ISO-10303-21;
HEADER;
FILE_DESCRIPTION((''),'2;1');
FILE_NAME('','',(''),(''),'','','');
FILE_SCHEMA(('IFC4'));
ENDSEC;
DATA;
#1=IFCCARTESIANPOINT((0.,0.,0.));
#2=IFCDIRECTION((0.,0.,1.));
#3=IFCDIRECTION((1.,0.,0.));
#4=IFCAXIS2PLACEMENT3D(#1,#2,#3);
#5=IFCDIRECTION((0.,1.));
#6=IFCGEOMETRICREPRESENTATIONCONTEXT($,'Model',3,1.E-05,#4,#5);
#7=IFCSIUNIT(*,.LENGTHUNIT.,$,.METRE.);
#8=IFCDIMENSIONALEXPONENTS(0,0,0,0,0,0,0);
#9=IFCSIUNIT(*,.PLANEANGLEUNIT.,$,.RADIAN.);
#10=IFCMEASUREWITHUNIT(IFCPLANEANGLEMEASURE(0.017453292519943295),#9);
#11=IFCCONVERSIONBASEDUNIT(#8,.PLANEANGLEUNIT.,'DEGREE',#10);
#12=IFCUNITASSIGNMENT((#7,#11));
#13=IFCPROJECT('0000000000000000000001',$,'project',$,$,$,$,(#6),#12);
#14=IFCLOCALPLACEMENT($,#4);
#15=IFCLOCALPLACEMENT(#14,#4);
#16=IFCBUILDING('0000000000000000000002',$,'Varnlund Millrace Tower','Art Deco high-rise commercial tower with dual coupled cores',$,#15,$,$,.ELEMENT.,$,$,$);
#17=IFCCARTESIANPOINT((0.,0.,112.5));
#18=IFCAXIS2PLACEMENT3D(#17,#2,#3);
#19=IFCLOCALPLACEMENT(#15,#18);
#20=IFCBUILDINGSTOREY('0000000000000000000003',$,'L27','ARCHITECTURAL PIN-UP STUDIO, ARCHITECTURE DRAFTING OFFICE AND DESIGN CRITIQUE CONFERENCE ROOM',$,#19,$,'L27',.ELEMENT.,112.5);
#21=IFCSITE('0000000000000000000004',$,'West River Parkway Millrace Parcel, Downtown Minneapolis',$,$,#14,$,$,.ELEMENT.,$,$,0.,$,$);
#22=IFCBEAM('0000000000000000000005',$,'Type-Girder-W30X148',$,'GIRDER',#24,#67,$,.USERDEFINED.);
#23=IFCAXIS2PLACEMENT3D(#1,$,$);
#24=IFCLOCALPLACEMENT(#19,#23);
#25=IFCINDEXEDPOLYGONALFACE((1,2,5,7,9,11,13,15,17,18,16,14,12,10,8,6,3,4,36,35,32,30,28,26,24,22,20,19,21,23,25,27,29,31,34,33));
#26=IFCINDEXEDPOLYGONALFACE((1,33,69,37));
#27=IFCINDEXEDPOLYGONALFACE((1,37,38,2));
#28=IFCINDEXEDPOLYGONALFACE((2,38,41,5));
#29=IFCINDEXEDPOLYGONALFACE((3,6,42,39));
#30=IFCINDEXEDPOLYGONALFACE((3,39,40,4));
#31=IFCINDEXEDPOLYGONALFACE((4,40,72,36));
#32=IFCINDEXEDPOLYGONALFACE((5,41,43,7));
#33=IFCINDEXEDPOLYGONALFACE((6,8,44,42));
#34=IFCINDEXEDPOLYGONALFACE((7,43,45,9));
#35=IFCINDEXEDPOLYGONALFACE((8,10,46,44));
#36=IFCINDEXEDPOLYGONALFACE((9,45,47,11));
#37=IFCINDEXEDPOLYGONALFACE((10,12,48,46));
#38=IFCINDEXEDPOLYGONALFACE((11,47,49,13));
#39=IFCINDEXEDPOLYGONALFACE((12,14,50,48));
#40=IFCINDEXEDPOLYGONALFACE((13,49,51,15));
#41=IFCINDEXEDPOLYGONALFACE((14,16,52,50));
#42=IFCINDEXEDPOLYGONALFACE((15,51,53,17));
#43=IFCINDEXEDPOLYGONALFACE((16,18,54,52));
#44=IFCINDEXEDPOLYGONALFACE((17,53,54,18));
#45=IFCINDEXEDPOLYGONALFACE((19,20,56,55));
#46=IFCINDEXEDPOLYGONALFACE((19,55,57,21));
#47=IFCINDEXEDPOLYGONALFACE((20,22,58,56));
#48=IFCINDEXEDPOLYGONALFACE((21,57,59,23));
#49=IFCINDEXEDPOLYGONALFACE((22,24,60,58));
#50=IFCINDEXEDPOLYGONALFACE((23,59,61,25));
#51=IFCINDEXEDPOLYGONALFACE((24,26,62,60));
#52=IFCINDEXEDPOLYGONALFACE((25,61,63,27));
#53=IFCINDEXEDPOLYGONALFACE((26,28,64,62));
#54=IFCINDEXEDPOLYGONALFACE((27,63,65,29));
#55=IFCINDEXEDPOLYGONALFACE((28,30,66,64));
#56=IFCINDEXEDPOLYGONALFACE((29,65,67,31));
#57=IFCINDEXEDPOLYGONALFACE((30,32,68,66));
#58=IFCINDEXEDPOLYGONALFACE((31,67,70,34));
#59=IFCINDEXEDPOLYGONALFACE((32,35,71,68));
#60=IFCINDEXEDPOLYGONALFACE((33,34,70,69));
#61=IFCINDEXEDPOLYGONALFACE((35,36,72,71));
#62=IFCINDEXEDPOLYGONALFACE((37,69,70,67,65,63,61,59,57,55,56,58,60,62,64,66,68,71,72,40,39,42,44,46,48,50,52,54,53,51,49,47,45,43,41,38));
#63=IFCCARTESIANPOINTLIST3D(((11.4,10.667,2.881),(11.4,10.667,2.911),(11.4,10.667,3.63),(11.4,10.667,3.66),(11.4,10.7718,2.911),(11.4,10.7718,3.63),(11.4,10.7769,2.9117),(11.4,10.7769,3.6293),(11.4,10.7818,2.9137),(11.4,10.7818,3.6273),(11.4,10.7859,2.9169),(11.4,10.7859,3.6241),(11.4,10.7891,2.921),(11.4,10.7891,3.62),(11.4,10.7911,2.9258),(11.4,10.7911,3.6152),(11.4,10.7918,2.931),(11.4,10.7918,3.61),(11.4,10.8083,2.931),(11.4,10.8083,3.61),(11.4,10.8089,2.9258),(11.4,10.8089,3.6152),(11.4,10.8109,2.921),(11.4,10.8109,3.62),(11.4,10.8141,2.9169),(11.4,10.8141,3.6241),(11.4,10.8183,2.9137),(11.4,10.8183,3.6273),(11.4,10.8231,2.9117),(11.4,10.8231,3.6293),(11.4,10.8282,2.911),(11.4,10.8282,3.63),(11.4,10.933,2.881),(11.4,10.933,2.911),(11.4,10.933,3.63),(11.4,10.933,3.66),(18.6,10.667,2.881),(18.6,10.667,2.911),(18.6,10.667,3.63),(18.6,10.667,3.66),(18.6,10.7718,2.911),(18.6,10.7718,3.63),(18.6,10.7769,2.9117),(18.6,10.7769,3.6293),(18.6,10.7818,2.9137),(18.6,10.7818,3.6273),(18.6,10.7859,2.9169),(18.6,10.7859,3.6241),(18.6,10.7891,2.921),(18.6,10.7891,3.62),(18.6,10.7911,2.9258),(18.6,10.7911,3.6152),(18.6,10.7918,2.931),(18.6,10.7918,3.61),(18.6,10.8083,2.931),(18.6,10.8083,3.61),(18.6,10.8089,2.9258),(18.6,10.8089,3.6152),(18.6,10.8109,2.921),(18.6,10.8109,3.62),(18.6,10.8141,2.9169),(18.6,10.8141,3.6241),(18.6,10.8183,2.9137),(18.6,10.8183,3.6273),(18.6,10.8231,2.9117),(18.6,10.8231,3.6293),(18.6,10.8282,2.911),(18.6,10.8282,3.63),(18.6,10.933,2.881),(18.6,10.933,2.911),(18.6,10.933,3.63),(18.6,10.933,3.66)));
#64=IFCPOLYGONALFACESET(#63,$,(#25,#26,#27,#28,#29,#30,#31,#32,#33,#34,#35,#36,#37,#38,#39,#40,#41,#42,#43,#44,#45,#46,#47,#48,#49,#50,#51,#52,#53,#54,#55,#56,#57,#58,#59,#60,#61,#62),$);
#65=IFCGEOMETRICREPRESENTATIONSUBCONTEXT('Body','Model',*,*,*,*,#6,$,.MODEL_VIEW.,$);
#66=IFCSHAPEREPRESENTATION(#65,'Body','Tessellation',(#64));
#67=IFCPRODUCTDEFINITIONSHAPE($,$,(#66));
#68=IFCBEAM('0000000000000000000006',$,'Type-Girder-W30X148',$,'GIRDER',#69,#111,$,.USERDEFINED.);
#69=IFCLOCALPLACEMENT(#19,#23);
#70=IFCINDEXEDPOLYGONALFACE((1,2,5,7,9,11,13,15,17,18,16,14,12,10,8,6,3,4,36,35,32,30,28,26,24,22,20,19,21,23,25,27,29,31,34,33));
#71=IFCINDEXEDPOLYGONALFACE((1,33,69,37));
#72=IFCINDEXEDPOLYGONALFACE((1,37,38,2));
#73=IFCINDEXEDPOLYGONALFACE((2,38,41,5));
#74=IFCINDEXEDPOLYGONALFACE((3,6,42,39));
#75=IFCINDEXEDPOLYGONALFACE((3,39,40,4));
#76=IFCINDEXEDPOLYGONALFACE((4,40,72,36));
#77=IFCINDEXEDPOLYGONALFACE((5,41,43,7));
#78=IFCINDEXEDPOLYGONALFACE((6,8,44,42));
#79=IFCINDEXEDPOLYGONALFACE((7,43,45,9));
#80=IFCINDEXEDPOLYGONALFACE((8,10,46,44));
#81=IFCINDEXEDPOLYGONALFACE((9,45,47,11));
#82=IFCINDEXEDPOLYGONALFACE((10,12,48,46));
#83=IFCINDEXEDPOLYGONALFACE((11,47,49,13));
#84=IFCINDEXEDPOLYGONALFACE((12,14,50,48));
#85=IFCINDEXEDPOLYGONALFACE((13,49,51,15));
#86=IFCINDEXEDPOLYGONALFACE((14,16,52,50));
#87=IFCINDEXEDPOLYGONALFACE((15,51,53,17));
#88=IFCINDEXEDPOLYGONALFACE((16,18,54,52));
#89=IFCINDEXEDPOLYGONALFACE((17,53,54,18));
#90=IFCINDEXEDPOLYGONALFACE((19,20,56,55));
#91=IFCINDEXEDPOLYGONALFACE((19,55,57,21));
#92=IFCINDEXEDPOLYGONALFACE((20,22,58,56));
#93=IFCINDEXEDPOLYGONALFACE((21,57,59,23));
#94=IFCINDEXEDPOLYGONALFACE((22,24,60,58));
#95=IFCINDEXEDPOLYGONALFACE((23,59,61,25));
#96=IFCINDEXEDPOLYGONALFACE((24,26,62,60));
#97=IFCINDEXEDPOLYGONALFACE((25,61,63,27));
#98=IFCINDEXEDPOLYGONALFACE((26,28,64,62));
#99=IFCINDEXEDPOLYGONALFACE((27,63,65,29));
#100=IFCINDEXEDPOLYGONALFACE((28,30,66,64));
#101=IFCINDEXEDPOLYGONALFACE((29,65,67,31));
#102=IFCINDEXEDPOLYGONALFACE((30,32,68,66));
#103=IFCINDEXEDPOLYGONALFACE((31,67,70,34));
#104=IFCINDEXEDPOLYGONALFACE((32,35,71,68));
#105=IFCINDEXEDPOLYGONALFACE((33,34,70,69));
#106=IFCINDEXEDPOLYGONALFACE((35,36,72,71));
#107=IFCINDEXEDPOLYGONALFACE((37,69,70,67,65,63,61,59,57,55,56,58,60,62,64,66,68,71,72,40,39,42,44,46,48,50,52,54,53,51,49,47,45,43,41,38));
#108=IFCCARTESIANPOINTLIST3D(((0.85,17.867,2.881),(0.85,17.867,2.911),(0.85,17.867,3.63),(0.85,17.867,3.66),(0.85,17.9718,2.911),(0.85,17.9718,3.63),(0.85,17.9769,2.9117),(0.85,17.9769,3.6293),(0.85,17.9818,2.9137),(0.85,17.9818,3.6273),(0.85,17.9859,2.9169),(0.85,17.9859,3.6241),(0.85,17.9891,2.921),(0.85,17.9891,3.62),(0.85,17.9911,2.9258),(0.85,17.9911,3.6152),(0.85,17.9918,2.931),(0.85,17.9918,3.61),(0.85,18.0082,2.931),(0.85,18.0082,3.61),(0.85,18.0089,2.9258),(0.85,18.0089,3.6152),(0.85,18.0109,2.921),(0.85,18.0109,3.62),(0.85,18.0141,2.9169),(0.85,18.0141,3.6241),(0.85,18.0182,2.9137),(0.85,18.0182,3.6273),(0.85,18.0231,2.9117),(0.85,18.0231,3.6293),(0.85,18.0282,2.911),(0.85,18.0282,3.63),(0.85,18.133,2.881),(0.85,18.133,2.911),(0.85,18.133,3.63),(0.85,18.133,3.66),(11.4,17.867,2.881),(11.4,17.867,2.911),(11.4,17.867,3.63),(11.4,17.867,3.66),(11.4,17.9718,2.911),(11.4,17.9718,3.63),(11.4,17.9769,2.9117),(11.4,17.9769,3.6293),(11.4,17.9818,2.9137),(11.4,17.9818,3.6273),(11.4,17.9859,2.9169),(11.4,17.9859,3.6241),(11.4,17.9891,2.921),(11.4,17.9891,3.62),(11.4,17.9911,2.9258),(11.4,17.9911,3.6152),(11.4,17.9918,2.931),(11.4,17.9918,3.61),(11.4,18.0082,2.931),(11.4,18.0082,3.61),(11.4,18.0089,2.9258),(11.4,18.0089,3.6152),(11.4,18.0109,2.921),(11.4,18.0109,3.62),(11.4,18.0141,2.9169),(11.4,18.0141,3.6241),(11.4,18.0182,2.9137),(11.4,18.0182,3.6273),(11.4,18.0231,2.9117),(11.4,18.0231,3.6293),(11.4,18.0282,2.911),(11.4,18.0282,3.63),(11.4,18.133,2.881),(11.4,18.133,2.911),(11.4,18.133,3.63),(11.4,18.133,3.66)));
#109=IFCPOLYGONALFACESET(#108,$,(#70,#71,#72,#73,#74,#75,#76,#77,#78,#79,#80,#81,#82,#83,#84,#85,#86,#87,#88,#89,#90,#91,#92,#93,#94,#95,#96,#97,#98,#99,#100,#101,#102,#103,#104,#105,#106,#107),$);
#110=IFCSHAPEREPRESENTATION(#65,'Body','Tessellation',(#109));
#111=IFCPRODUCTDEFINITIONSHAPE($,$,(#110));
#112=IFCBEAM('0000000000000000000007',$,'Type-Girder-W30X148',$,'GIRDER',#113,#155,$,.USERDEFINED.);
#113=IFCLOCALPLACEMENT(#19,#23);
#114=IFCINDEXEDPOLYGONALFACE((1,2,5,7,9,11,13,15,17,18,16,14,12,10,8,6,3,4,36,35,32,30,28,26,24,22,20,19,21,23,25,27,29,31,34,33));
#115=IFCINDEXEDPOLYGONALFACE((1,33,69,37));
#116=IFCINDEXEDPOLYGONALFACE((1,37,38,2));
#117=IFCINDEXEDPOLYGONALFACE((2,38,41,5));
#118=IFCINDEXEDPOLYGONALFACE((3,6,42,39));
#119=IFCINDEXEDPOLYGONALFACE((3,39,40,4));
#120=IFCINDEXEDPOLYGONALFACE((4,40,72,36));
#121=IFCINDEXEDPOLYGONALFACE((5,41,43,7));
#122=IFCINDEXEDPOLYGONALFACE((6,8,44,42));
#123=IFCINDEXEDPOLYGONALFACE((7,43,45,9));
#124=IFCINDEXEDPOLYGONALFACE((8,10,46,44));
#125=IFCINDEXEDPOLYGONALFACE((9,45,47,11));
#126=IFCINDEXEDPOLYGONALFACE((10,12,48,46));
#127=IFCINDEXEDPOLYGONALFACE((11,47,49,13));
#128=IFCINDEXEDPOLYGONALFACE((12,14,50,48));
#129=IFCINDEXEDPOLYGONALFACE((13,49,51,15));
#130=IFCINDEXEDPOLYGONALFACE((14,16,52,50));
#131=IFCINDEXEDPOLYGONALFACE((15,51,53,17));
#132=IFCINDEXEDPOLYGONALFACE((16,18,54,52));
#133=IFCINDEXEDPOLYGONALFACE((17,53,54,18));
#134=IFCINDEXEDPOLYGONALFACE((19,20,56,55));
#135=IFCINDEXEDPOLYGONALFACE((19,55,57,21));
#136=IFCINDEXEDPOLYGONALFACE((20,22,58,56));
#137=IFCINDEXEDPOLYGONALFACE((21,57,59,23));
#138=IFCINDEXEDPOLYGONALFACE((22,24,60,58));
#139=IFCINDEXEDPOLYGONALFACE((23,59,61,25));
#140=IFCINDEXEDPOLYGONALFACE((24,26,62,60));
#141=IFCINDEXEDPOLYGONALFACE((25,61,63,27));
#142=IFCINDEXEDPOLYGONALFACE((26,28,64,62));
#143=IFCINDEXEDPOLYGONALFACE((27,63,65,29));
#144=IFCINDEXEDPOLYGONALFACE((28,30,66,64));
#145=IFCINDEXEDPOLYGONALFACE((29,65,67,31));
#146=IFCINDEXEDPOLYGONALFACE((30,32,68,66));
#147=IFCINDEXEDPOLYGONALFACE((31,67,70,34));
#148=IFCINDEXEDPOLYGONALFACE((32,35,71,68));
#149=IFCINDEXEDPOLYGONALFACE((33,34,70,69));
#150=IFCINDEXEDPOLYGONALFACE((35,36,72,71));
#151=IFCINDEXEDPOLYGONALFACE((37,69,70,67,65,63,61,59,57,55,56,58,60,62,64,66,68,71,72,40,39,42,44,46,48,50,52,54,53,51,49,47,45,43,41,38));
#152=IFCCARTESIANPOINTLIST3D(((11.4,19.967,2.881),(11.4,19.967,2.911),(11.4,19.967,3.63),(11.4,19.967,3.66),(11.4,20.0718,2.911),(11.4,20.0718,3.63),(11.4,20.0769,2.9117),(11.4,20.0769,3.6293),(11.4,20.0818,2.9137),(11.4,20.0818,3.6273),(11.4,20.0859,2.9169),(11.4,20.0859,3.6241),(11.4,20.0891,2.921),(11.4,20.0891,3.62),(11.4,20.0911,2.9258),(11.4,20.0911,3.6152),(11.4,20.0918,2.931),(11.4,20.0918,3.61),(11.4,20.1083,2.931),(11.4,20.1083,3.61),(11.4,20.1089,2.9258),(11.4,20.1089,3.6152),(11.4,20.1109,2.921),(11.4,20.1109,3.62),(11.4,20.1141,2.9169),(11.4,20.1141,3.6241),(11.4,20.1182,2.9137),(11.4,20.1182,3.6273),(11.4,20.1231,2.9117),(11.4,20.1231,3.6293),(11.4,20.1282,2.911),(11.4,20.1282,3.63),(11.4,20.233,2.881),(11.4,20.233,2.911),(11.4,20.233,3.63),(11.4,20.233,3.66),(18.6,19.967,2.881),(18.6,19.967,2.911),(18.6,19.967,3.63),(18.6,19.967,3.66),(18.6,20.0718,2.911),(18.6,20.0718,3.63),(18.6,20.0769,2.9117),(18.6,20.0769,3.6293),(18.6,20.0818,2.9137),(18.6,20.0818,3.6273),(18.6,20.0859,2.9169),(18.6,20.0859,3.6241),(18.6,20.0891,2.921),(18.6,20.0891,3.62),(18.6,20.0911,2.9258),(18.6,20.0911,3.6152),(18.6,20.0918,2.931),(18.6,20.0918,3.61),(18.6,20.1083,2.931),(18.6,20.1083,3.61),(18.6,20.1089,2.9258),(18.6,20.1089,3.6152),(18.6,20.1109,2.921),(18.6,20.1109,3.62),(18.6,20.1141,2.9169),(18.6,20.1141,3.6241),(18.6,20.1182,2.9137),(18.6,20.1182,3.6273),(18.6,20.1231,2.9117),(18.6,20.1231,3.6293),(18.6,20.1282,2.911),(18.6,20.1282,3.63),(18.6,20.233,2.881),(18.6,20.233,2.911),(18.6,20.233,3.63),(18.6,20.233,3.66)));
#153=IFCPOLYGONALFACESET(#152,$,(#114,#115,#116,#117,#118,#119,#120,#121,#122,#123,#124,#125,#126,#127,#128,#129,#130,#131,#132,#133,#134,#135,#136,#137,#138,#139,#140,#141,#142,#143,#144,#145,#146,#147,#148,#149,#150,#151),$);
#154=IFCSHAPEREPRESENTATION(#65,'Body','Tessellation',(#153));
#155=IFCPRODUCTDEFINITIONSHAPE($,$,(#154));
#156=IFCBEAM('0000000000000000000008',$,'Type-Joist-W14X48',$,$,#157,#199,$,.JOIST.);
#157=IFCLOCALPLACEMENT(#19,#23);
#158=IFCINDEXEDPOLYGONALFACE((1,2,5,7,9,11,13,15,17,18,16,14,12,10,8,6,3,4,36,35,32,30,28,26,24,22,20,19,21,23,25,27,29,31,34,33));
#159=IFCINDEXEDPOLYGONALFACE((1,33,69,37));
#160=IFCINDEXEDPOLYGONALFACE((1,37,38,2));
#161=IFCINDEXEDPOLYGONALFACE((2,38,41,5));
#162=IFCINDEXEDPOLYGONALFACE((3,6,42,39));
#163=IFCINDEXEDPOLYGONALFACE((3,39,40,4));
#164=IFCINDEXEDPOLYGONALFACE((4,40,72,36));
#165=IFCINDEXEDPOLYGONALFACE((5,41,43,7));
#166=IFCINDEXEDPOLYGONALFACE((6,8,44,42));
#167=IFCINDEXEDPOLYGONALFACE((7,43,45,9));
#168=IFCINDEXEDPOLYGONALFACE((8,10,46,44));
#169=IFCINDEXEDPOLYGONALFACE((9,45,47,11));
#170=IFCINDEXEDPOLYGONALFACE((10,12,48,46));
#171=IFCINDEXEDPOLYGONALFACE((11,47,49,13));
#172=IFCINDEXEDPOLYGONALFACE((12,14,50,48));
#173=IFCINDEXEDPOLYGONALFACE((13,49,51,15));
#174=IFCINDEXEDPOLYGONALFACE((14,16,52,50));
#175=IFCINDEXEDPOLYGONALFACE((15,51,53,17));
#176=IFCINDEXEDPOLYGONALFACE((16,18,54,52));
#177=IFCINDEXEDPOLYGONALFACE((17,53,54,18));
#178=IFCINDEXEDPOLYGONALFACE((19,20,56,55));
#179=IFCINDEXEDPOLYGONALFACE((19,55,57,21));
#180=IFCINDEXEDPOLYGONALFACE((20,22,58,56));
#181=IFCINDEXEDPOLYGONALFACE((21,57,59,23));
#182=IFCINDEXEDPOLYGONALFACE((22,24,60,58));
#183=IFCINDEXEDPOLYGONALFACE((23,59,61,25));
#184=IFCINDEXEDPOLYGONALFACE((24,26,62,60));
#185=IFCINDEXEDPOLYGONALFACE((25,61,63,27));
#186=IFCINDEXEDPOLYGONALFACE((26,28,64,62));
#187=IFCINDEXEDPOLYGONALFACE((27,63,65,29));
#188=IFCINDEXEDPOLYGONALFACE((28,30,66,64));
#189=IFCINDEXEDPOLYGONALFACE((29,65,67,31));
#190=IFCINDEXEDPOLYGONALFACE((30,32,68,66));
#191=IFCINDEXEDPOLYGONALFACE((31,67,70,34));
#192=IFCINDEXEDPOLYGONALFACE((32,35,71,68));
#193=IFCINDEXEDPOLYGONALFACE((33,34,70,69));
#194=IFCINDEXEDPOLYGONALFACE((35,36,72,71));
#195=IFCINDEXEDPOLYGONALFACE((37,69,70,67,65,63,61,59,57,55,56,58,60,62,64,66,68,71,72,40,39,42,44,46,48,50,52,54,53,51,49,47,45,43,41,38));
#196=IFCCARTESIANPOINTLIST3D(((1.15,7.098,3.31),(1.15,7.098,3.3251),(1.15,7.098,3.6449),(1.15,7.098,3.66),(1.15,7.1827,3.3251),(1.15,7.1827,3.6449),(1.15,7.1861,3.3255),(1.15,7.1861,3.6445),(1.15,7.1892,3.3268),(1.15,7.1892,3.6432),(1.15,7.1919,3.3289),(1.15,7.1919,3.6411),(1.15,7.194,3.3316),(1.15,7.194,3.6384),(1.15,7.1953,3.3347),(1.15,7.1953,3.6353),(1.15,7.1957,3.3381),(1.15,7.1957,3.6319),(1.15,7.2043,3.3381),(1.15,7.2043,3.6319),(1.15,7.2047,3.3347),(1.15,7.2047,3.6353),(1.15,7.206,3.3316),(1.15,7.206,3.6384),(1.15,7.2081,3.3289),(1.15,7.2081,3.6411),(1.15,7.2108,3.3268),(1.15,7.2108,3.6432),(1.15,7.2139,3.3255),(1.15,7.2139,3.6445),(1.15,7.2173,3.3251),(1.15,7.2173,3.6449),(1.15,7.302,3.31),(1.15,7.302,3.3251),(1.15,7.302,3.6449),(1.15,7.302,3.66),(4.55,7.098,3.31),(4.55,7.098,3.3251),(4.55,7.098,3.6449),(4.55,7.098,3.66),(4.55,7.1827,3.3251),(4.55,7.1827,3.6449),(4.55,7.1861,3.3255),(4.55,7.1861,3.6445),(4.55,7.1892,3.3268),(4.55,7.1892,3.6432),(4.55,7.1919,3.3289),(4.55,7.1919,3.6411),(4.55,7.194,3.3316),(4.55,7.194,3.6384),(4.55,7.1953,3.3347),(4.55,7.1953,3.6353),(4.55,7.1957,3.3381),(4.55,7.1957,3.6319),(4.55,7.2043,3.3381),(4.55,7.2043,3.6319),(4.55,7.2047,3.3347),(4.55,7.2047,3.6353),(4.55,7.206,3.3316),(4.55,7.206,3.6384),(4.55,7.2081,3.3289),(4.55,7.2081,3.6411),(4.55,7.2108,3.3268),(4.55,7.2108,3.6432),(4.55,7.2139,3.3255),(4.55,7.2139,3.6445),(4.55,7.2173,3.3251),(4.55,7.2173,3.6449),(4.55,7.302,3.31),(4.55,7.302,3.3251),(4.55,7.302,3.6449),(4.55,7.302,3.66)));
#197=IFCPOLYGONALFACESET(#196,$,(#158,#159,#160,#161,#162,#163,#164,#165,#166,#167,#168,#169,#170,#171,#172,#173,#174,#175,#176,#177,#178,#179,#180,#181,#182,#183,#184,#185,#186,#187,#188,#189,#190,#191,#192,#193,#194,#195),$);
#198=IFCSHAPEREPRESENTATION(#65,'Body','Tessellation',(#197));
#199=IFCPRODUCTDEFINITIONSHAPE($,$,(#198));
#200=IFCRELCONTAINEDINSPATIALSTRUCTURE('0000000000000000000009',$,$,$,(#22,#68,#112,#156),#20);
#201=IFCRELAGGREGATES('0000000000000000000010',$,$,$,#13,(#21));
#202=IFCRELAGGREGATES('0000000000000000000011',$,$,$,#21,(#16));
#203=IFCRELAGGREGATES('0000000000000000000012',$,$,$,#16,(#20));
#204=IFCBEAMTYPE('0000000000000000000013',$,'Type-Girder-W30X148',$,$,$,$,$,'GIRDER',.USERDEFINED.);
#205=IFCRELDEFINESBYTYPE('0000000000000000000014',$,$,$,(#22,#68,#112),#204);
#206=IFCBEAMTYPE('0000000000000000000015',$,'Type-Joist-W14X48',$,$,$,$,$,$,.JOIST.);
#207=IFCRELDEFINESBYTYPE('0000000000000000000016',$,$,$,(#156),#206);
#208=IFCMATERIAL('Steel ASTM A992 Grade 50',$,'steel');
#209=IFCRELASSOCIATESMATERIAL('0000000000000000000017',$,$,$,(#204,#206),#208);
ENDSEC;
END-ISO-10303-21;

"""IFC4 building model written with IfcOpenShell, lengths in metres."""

from ifc_helpers import new_model, entity, si_unit, converted_unit, direction, frame, origin_with_axes, origin_2d_with_axis, place, context, subcontext, project, spatial, i_section, extrude, material, material_profile, profile_set, type_object, element, save


model = new_model("IFC4")

# Units and contexts
model_context = context("Model", 3, precision=1e-05, world=origin_with_axes(), true_north=direction((0.0, 1.0)))
body_context = subcontext(model_context, "Body", "Model", "MODEL_VIEW")
ifc_project = project(units=[si_unit("LENGTHUNIT", "METRE"), converted_unit("PLANEANGLEUNIT", "DEGREE", entity("IfcPlaneAngleMeasure", 0.017453292519943295), si_unit("PLANEANGLEUNIT", "RADIAN"), dimensions=[0, 0, 0, 0, 0, 0, 0])], contexts=[model_context])

# Site, building, storey
site_placement = place(None, origin_with_axes())
site = spatial("IfcSite", under=ifc_project, at=site_placement, Name="West River Parkway Millrace Parcel, Downtown Minneapolis", CompositionType="ELEMENT", RefElevation=0.0)
building_placement = place(site_placement, origin_with_axes())
building = spatial("IfcBuilding", under=site, at=building_placement, Name="Varnlund Millrace Tower", Description="Art Deco high-rise commercial tower with dual coupled cores", CompositionType="ELEMENT")
storey_placement = place(building_placement, frame((0.0, 0.0, 112.5), z_axis=(0.0, 0.0, 1.0), x_axis=(1.0, 0.0, 0.0)))
storey = spatial("IfcBuildingStorey", under=building, at=storey_placement, Name="L27", Description="ARCHITECTURAL PIN-UP STUDIO, ARCHITECTURE DRAFTING OFFICE AND DESIGN CRITIQUE CONFERENCE ROOM", LongName="L27", CompositionType="ELEMENT", Elevation=112.5)

# Beams
ifc_material_1 = material(Name="Steel ASTM A992 Grade 50", Category="steel")
ifc_material_profile_1 = material_profile(ifc_material_1, i_section(OverallWidth=0.266, OverallDepth=0.779, WebThickness=0.0165, FlangeThickness=0.03, FilletRadius=0.02, at=origin_2d_with_axis()), Name="Steel ASTM A992 Grade 50")
ifc_profile_set_1 = profile_set([ifc_material_profile_1], Name="Steel ASTM A992 Grade 50")
beam_type_1 = type_object("IfcBeamType", Name="Type-Girder-W30X148", ElementType="GIRDER", PredefinedType="USERDEFINED", material=ifc_profile_set_1)
beam_1_placement = place(storey_placement, frame((11.4, 10.8, 3.2705), z_axis=(1.0, 0.0, 0.0), x_axis=(0.0, 1.0, 0.0)))
element("IfcBeam", 1, at=beam_1_placement, inside=storey, type_object=beam_type_1, Name="Type-Girder-W30X148", ObjectType="GIRDER", PredefinedType="USERDEFINED", context=body_context, shape_type="SweptSolid", body=[
    extrude(i_section(OverallWidth=0.266, OverallDepth=0.779, WebThickness=0.0165, FlangeThickness=0.03, FilletRadius=0.02, at=origin_2d_with_axis()), origin_with_axes(), (0.0, 0.0, 1.0), 7.2),
])
beam_2_placement = place(storey_placement, frame((0.85, 18.0, 3.2705), z_axis=(1.0, 0.0, 0.0), x_axis=(0.0, 1.0, 0.0)))
element("IfcBeam", 2, at=beam_2_placement, inside=storey, type_object=beam_type_1, Name="Type-Girder-W30X148", ObjectType="GIRDER", PredefinedType="USERDEFINED", context=body_context, shape_type="SweptSolid", body=[
    extrude(i_section(OverallWidth=0.266, OverallDepth=0.779, WebThickness=0.0165, FlangeThickness=0.03, FilletRadius=0.02, at=origin_2d_with_axis()), origin_with_axes(), (0.0, 0.0, 1.0), 10.55),
])
beam_3_placement = place(storey_placement, frame((11.4, 20.1, 3.2705), z_axis=(1.0, 0.0, 0.0), x_axis=(0.0, 1.0, 0.0)))
element("IfcBeam", 3, at=beam_3_placement, inside=storey, type_object=beam_type_1, Name="Type-Girder-W30X148", ObjectType="GIRDER", PredefinedType="USERDEFINED", context=body_context, shape_type="SweptSolid", body=[
    extrude(i_section(OverallWidth=0.266, OverallDepth=0.779, WebThickness=0.0165, FlangeThickness=0.03, FilletRadius=0.02, at=origin_2d_with_axis()), origin_with_axes(), (0.0, 0.0, 1.0), 7.2),
])
ifc_material_profile_2 = material_profile(ifc_material_1, i_section(OverallWidth=0.204, OverallDepth=0.35, WebThickness=0.0086, FlangeThickness=0.0151, FilletRadius=0.013, at=origin_2d_with_axis()), Name="Steel ASTM A992 Grade 50")
ifc_profile_set_2 = profile_set([ifc_material_profile_2], Name="Steel ASTM A992 Grade 50")
beam_type_2 = type_object("IfcBeamType", Name="Type-Joist-W14X48", PredefinedType="JOIST", material=ifc_profile_set_2)
for number, where, z_axis, x_axis, name in (
    (4, (1.15, 7.2, 3.485), (1.0, 0.0, 0.0), (0.0, 1.0, 0.0), "Type-Joist-W14X48"),
):
    element("IfcBeam", number, at=place(storey_placement, frame(where, z_axis=z_axis, x_axis=x_axis)), inside=storey, type_object=beam_type_2, Name=name, PredefinedType="JOIST", context=body_context, shape_type="SweptSolid", body=[
        extrude(i_section(OverallWidth=0.204, OverallDepth=0.35, WebThickness=0.0086, FlangeThickness=0.0151, FilletRadius=0.013, at=origin_2d_with_axis()), origin_with_axes(), (0.0, 0.0, 1.0), 3.4),
    ])

save(model, "model.ifc")
